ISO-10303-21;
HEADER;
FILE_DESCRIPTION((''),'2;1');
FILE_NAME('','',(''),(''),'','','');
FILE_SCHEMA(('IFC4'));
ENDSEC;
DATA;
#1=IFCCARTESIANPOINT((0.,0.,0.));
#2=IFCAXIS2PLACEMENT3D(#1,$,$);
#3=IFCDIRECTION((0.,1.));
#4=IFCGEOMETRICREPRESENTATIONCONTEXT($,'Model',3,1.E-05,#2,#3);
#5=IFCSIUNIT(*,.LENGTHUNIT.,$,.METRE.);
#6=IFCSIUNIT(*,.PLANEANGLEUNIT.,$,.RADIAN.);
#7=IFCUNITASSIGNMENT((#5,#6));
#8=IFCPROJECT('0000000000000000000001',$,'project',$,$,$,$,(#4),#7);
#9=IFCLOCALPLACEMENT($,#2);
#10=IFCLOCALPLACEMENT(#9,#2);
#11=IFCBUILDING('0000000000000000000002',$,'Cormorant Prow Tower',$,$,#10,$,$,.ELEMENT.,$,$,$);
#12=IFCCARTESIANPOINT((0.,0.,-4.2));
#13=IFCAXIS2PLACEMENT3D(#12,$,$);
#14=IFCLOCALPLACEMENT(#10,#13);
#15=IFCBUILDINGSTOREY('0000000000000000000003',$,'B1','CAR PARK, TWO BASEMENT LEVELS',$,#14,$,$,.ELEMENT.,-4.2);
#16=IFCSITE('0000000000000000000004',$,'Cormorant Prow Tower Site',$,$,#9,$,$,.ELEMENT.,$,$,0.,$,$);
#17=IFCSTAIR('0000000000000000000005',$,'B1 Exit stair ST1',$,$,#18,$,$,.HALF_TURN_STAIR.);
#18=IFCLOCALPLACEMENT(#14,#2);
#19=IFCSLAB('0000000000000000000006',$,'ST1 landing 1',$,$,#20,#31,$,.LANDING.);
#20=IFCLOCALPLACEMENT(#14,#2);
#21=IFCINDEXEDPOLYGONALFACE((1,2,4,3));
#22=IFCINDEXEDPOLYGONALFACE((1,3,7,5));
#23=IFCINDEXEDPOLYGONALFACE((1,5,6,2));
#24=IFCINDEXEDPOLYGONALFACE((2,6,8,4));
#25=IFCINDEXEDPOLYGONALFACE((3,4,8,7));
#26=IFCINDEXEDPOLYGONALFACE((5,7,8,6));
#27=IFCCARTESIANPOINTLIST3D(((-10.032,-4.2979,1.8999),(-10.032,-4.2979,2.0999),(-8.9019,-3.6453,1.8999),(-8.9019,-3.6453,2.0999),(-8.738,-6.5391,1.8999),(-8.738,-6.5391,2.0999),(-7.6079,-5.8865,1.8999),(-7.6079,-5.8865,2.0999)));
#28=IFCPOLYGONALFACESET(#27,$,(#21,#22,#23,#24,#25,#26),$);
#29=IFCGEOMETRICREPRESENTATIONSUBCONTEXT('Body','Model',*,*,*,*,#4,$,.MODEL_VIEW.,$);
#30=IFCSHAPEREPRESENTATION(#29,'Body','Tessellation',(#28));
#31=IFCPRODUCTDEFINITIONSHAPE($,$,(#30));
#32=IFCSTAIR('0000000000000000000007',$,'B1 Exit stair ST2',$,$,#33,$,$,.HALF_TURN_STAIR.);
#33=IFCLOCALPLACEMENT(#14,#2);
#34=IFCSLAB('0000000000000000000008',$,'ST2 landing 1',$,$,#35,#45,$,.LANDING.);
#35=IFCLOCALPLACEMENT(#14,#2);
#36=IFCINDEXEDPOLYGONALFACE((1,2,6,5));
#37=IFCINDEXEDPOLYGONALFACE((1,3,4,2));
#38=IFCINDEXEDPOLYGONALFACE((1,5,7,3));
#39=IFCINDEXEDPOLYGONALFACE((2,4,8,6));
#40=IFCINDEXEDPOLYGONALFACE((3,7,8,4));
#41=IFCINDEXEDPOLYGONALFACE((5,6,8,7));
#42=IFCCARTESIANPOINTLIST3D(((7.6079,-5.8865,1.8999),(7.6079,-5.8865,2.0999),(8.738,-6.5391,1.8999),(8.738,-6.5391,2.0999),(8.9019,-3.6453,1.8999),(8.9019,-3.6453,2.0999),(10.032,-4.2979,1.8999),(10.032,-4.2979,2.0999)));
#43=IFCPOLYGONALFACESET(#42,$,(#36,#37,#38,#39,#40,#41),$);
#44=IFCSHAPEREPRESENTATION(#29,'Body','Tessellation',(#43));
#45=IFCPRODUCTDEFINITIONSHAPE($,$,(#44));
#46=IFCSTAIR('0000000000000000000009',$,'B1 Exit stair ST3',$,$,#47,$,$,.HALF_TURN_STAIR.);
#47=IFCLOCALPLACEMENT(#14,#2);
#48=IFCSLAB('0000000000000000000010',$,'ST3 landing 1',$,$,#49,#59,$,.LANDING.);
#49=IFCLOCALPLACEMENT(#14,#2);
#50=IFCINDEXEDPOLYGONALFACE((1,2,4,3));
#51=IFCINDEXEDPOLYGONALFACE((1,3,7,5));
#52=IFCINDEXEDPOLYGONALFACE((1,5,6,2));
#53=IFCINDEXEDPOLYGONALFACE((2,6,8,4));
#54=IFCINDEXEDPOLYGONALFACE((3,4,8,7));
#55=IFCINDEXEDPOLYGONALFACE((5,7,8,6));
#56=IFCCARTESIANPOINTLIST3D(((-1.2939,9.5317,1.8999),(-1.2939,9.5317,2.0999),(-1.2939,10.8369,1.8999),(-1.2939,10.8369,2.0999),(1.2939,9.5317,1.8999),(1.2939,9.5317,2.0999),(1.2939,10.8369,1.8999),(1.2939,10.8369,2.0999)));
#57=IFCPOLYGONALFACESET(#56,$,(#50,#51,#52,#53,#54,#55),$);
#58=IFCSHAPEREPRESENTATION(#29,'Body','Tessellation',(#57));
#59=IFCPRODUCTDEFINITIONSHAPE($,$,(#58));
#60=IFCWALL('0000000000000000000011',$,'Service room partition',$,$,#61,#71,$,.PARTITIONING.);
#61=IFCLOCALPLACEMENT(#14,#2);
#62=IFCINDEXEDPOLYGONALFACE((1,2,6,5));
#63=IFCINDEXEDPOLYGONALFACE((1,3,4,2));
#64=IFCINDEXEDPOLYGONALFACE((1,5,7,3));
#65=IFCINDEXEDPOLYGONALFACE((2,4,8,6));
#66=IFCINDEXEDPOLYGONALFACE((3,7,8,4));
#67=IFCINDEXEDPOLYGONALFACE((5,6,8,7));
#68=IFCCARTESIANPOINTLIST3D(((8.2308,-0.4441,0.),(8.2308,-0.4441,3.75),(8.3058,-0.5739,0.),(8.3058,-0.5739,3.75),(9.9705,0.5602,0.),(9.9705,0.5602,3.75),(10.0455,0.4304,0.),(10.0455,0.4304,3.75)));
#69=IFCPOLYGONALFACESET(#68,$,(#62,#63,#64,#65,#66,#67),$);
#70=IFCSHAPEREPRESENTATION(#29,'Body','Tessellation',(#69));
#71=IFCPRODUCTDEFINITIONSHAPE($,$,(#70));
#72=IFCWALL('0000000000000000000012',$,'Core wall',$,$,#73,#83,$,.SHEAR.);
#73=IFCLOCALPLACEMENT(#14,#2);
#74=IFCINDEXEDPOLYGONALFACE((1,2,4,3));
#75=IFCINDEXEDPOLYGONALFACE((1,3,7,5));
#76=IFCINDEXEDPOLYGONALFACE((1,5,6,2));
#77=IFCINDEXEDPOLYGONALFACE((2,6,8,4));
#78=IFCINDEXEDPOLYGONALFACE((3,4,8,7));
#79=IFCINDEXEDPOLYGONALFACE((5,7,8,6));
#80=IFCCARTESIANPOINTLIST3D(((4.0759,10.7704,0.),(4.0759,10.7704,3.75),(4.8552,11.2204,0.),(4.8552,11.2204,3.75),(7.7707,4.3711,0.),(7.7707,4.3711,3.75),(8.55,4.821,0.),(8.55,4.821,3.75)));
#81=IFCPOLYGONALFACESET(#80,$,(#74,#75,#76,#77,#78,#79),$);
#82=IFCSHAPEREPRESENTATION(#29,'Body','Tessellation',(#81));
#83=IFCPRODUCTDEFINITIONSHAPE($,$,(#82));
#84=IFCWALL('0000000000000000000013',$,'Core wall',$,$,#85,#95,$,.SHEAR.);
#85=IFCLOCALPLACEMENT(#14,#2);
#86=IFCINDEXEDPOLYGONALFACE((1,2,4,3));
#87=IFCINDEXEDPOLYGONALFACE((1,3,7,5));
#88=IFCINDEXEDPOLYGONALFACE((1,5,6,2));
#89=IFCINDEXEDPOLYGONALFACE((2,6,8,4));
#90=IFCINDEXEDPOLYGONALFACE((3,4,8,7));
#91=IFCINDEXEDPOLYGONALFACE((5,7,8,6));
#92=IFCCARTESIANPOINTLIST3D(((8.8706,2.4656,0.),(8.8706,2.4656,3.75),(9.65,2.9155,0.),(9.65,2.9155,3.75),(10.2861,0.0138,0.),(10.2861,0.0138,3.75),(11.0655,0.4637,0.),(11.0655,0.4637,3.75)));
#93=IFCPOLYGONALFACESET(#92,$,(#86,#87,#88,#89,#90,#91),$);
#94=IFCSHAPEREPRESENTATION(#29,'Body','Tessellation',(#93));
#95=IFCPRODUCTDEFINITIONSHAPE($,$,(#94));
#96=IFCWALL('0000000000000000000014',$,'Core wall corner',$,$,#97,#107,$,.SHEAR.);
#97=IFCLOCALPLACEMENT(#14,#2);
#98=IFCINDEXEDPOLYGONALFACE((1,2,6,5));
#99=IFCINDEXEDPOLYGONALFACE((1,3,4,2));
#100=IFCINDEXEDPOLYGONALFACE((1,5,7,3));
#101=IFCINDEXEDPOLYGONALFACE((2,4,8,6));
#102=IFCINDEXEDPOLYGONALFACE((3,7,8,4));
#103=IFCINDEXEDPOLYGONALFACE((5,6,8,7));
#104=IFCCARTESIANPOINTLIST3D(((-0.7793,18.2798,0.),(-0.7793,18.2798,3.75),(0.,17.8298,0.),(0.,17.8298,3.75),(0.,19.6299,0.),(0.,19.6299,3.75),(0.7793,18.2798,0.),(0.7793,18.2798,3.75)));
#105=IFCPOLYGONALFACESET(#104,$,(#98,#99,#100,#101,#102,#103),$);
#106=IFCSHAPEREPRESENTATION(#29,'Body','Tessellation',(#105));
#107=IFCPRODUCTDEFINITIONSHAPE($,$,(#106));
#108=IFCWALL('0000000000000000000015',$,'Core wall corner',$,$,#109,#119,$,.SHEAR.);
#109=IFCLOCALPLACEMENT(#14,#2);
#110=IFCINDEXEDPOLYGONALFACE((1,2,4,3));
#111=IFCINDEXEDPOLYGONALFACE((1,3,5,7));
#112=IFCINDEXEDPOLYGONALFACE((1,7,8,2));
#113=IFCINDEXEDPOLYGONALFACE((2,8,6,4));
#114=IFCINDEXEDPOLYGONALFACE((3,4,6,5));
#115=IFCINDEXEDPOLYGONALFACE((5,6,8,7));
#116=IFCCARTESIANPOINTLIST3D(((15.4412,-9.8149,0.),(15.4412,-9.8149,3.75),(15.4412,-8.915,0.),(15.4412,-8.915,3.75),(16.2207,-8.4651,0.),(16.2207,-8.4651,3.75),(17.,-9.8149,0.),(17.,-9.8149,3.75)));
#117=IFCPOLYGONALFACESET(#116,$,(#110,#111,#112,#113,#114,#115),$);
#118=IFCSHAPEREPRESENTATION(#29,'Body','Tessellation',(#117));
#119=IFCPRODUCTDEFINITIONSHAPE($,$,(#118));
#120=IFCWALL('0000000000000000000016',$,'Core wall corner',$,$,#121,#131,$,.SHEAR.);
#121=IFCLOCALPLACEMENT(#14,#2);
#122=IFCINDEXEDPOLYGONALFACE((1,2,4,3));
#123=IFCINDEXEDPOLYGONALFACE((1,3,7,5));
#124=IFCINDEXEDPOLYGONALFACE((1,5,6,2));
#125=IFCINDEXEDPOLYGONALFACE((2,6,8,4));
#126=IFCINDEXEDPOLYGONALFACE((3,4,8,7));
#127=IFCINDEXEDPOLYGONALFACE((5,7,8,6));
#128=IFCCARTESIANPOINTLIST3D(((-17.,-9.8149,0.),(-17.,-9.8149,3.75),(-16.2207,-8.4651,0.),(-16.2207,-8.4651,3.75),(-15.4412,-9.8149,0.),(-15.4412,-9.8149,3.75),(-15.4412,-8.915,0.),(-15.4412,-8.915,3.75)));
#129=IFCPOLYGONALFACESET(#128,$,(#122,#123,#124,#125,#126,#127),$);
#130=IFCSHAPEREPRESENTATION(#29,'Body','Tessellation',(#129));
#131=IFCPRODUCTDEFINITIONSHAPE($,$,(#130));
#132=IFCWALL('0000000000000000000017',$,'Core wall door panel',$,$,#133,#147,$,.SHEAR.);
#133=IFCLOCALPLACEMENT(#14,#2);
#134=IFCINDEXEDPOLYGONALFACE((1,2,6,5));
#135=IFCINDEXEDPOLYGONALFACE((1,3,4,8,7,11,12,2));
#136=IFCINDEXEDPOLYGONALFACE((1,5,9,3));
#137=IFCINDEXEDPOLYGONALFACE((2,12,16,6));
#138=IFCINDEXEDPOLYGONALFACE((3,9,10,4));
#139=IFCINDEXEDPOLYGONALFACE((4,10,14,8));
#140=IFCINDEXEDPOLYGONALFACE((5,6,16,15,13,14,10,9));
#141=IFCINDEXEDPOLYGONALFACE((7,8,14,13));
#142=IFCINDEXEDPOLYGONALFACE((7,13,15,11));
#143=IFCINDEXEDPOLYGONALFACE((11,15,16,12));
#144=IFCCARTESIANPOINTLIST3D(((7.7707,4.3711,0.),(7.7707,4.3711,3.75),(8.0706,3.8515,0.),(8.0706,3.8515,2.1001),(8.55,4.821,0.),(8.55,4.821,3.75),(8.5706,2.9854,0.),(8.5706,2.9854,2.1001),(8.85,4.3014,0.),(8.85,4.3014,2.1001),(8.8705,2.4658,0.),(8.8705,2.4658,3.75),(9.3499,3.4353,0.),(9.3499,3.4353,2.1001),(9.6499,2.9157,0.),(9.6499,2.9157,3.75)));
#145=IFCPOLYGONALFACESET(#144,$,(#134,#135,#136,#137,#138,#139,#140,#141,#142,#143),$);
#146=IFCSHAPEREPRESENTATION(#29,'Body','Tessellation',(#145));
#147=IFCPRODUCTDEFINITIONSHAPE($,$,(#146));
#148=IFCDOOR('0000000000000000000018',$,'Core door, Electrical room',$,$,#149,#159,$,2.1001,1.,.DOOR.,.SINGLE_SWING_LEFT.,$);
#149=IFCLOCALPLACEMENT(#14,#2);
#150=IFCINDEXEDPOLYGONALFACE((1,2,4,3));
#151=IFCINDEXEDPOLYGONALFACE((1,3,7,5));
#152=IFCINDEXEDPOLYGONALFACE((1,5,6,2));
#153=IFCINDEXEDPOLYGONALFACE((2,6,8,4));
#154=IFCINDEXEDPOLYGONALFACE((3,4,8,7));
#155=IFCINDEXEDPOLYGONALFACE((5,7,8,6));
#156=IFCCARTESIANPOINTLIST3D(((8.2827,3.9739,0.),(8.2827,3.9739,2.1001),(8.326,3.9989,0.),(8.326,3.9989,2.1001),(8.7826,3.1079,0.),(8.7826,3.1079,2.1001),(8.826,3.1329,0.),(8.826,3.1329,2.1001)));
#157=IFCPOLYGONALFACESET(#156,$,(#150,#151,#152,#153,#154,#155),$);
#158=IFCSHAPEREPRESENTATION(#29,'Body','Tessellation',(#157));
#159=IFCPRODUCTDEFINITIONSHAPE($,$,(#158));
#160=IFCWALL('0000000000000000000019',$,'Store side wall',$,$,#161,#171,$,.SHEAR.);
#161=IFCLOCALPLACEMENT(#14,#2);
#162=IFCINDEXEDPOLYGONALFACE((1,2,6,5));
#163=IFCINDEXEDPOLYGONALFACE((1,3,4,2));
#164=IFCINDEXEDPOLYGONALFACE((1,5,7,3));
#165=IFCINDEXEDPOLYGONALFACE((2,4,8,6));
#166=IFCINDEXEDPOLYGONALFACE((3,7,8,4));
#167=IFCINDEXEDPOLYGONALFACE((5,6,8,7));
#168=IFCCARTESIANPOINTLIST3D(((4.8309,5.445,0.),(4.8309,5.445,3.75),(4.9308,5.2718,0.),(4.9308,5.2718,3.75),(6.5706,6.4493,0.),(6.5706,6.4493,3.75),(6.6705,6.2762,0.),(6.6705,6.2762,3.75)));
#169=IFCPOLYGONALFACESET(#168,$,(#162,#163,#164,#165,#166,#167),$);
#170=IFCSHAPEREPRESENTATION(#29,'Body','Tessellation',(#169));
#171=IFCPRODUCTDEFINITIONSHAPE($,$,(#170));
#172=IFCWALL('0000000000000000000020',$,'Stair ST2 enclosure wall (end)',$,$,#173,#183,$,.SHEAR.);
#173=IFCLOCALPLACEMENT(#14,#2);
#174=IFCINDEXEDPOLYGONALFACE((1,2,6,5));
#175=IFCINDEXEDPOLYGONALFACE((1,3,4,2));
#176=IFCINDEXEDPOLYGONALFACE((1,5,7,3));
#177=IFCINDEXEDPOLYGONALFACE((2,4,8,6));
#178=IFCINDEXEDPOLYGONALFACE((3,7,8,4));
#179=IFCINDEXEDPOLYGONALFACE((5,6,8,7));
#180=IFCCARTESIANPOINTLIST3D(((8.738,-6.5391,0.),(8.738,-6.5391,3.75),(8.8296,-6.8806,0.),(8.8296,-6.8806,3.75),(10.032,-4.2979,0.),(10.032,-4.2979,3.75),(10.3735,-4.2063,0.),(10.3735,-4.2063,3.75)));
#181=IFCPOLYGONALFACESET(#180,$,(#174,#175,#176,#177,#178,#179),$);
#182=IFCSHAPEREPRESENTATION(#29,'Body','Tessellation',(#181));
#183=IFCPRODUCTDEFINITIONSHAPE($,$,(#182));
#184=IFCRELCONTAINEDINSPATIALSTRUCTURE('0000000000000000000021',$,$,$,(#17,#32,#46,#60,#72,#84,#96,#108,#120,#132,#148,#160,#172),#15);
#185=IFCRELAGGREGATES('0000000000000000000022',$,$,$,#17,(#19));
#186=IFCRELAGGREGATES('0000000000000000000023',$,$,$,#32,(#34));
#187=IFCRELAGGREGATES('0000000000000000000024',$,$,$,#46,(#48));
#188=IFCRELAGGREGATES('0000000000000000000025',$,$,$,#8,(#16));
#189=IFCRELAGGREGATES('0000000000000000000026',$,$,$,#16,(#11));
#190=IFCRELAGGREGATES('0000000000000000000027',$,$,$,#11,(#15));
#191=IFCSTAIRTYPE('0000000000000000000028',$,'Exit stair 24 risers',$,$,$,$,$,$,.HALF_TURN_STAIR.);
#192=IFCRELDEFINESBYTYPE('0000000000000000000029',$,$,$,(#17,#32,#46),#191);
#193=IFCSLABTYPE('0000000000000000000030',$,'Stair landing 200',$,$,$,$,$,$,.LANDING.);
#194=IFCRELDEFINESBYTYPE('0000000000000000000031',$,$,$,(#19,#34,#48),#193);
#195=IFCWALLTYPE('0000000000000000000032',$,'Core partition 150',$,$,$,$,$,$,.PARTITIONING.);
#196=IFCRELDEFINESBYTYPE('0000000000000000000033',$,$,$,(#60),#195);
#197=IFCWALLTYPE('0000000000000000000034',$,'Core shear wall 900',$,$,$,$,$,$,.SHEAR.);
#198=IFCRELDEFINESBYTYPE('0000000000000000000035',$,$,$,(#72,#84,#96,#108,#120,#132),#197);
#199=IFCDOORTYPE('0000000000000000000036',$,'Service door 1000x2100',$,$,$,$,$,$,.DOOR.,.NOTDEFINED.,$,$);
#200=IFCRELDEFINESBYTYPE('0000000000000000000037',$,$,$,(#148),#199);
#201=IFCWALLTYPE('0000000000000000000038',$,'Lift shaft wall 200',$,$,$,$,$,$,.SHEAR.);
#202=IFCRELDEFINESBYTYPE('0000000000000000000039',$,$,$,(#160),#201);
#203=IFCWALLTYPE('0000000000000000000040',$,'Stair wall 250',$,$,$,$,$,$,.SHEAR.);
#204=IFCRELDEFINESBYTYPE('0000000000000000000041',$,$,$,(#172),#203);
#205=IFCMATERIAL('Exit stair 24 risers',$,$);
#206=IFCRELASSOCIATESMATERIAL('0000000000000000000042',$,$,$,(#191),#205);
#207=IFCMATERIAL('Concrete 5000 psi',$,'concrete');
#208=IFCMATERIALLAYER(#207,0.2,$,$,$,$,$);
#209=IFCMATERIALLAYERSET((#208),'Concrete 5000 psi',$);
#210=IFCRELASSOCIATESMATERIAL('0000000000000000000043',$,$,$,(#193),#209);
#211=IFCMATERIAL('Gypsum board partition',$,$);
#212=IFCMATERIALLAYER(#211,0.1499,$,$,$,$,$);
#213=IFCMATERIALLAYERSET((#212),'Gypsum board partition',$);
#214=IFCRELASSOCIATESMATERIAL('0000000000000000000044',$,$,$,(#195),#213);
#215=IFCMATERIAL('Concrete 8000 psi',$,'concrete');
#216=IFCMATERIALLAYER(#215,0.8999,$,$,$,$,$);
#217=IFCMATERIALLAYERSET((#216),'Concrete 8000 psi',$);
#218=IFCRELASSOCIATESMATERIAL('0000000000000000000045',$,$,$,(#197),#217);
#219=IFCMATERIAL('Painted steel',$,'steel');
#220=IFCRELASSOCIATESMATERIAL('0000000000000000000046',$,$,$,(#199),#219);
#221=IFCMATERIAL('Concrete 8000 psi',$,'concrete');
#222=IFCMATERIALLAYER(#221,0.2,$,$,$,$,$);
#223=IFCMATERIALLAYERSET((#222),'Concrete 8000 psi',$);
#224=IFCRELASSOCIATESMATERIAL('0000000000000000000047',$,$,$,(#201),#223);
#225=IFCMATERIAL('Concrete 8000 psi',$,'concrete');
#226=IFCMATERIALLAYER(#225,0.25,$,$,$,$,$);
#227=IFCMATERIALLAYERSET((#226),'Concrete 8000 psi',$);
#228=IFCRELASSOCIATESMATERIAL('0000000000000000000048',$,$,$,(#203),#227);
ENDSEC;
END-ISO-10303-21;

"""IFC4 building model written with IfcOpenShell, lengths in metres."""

from ifc_helpers import new_model, si_unit, direction, frame, frame_2d, origin, place, context, subcontext, project, spatial, polyline, rectangle, outline, extrude, material, layer, layer_set, type_object, element, fill, aggregate, save


model = new_model("IFC4")

# Units and contexts
model_context = context("Model", 3, precision=1e-05, world=origin(), true_north=direction((0.0, 1.0)))
body_context = subcontext(model_context, "Body", "Model", "MODEL_VIEW")
ifc_project = project(units=[si_unit("LENGTHUNIT", "METRE"), si_unit("PLANEANGLEUNIT", "RADIAN")], contexts=[model_context])

# Site, building, storey
site_placement = place(None, origin())
site = spatial("IfcSite", under=ifc_project, at=site_placement, Name="Cormorant Prow Tower Site", CompositionType="ELEMENT", RefElevation=0.0)
building_placement = place(site_placement, origin())
building = spatial("IfcBuilding", under=site, at=building_placement, Name="Cormorant Prow Tower", CompositionType="ELEMENT")
storey_placement = place(building_placement, frame((0.0, 0.0, -4.2)))
storey = spatial("IfcBuildingStorey", under=building, at=storey_placement, Name="B1", Description="CAR PARK, TWO BASEMENT LEVELS", CompositionType="ELEMENT", Elevation=-4.2)

# Stairs, slabs
ifc_material_1 = material(Name="Exit stair 24 risers")
stair_type = type_object("IfcStairType", Name="Exit stair 24 risers", PredefinedType="HALF_TURN_STAIR", material=ifc_material_1)
stair_1_placement = place(storey_placement, origin())
stair_1 = element("IfcStair", 1, at=stair_1_placement, inside=storey, type_object=stair_type, Name="B1 Exit stair ST1", PredefinedType="HALF_TURN_STAIR")
ifc_material_2 = material(Name="Concrete 5000 psi", Category="concrete")
ifc_layer_1 = layer(ifc_material_2, 0.2)
ifc_layer_set_1 = layer_set([ifc_layer_1], Name="Concrete 5000 psi")
slab_type = type_object("IfcSlabType", Name="Stair landing 200", PredefinedType="LANDING", material=ifc_layer_set_1)
slab_1_placement = place(storey_placement, frame((0.0, 0.0, 1.8999)))
slab_1 = element("IfcSlab", 2, at=slab_1_placement, type_object=slab_type, Name="ST1 landing 1", PredefinedType="LANDING", context=body_context, shape_type="SweptSolid", body=[
    extrude(outline(polyline([(-8.9019, -3.6453), (-10.032, -4.2979), (-8.738, -6.5391), (-7.6079, -5.8865), (-8.9019, -3.6453)])), origin(), (0.0, 0.0, 1.0), 0.2),
])
aggregate(stair_1, [slab_1])
stair_2_placement = place(storey_placement, origin())
stair_2 = element("IfcStair", 3, at=stair_2_placement, inside=storey, type_object=stair_type, Name="B1 Exit stair ST2", PredefinedType="HALF_TURN_STAIR")
slab_2_placement = place(storey_placement, frame((0.0, 0.0, 1.8999)))
slab_2 = element("IfcSlab", 4, at=slab_2_placement, type_object=slab_type, Name="ST2 landing 1", PredefinedType="LANDING", context=body_context, shape_type="SweptSolid", body=[
    extrude(outline(polyline([(7.6079, -5.8865), (8.738, -6.5391), (10.032, -4.2979), (8.9019, -3.6453), (7.6079, -5.8865)])), origin(), (0.0, 0.0, 1.0), 0.2),
])
aggregate(stair_2, [slab_2])
stair_3_placement = place(storey_placement, origin())
stair_3 = element("IfcStair", 5, at=stair_3_placement, inside=storey, type_object=stair_type, Name="B1 Exit stair ST3", PredefinedType="HALF_TURN_STAIR")
slab_3_placement = place(storey_placement, frame((0.0, 0.0, 1.8999)))
slab_3 = element("IfcSlab", 6, at=slab_3_placement, type_object=slab_type, Name="ST3 landing 1", PredefinedType="LANDING", context=body_context, shape_type="SweptSolid", body=[
    extrude(outline(polyline([(1.2939, 9.5317), (1.2939, 10.8369), (-1.2939, 10.8369), (-1.2939, 9.5317), (1.2939, 9.5317)])), origin(), (0.0, 0.0, 1.0), 0.2),
])
aggregate(stair_3, [slab_3])

# Walls
ifc_material_3 = material(Name="Gypsum board partition")
ifc_layer_2 = layer(ifc_material_3, 0.1499)
ifc_layer_set_2 = layer_set([ifc_layer_2], Name="Gypsum board partition")
wall_type_1 = type_object("IfcWallType", Name="Core partition 150", PredefinedType="PARTITIONING", material=ifc_layer_set_2)
wall_1_placement = place(storey_placement, frame((8.2683, -0.509, 0.0), z_axis=(0.0, 0.0, 1.0), x_axis=(0.866036, 0.499982, 0.0)))
element("IfcWall", 7, at=wall_1_placement, inside=storey, type_object=wall_type_1, Name="Service room partition", PredefinedType="PARTITIONING", context=body_context, shape_type="SweptSolid", body=[
    extrude(rectangle(XDim=2.0088, YDim=0.1499, at=frame_2d((1.0044, 0.0))), origin(), (0.0, 0.0, 1.0), 3.75),
])
ifc_material_4 = material(Name="Concrete 8000 psi", Category="concrete")
ifc_layer_3 = layer(ifc_material_4, 0.8999)
ifc_layer_set_3 = layer_set([ifc_layer_3], Name="Concrete 8000 psi")
wall_type_2 = type_object("IfcWallType", Name="Core shear wall 900", PredefinedType="SHEAR", material=ifc_layer_set_3)
wall_2_placement = place(storey_placement, frame((8.1604, 4.5959, 0.0), z_axis=(0.0, 0.0, 1.0), x_axis=(-0.500012, 0.866018, 0.0)))
element("IfcWall", 8, at=wall_2_placement, inside=storey, type_object=wall_type_2, Name="Core wall", PredefinedType="SHEAR", context=body_context, shape_type="SweptSolid", body=[
    extrude(rectangle(XDim=7.3894, YDim=0.8999, at=frame_2d((3.6948, 0.0))), origin(), (0.0, 0.0, 1.0), 3.75),
])
wall_3_placement = place(storey_placement, frame((10.6758, 0.2388, 0.0), z_axis=(0.0, 0.0, 1.0), x_axis=(-0.499979, 0.866038, 0.0)))
element("IfcWall", 9, at=wall_3_placement, inside=storey, type_object=wall_type_2, Name="Core wall", PredefinedType="SHEAR", context=body_context, shape_type="SweptSolid", body=[
    extrude(rectangle(XDim=2.8311, YDim=0.8999, at=frame_2d((1.4155, 0.0))), origin(), (0.0, 0.0, 1.0), 3.75),
])
wall_4_placement = place(storey_placement, origin())
element("IfcWall", 10, at=wall_4_placement, inside=storey, type_object=wall_type_2, Name="Core wall corner", PredefinedType="SHEAR", context=body_context, shape_type="SweptSolid", body=[
    extrude(outline(polyline([(-0.7793, 18.2798), (0.0, 19.6299), (0.7793, 18.2798), (0.0, 17.8298), (-0.7793, 18.2798)])), origin(), (0.0, 0.0, 1.0), 3.75),
])
wall_5_placement = place(storey_placement, origin())
element("IfcWall", 11, at=wall_5_placement, inside=storey, type_object=wall_type_2, Name="Core wall corner", PredefinedType="SHEAR", context=body_context, shape_type="SweptSolid", body=[
    extrude(outline(polyline([(15.4412, -9.8149), (15.4412, -8.915), (16.2207, -8.4651), (17.0, -9.8149), (15.4412, -9.8149)])), origin(), (0.0, 0.0, 1.0), 3.75),
])
wall_6_placement = place(storey_placement, origin())
element("IfcWall", 12, at=wall_6_placement, inside=storey, type_object=wall_type_2, Name="Core wall corner", PredefinedType="SHEAR", context=body_context, shape_type="SweptSolid", body=[
    extrude(outline(polyline([(-16.2207, -8.4651), (-15.4412, -8.915), (-15.4412, -9.8149), (-17.0, -9.8149), (-16.2207, -8.4651)])), origin(), (0.0, 0.0, 1.0), 3.75),
])

# Wall, opening, door
wall_7_placement = place(storey_placement, frame((9.2603, 2.6907, 0.0), z_axis=(0.0, 0.0, 1.0), x_axis=(-0.499947, 0.866056, 0.0)))
wall_7 = element("IfcWall", 13, at=wall_7_placement, inside=storey, type_object=wall_type_2, Name="Core wall door panel", PredefinedType="SHEAR", context=body_context, shape_type="SweptSolid", body=[
    extrude(rectangle(XDim=2.2, YDim=0.8999, at=frame_2d((1.1001, 0.0))), origin(), (0.0, 0.0, 1.0), 3.75),
])
opening_1_placement = place(wall_7_placement, frame((0.6001, 0.0, 0.0)))
opening_1 = element("IfcOpeningElement", 14, at=opening_1_placement, cuts=wall_7, PredefinedType="OPENING", context=body_context, shape_type="SweptSolid", body=[
    extrude(rectangle(XDim=1.0, YDim=2.1001, at=frame_2d((0.5, 1.05))), frame((0.0, 0.46, 0.0), z_axis=(0.0, -1.0, 0.0), x_axis=(1.0, 0.0, 0.0)), (0.0, 0.0, 1.0), 0.9199),
])
ifc_material_5 = material(Name="Painted steel", Category="steel")
door_type_1 = type_object("IfcDoorType", Name="Service door 1000x2100", OperationType="NOTDEFINED", PredefinedType="DOOR", material=ifc_material_5)
door_1_placement = place(opening_1_placement, origin())
door_1 = element("IfcDoor", 15, at=door_1_placement, inside=storey, type_object=door_type_1, Name="Core door, Electrical room", OperationType="SINGLE_SWING_LEFT", OverallHeight=2.1001, OverallWidth=1.0, PredefinedType="DOOR", context=body_context, shape_type="SweptSolid", body=[
    extrude(rectangle(XDim=1.0, YDim=2.1001, at=frame_2d((0.5, 1.05))), frame((0.0, 0.2051, 0.0), z_axis=(0.0, -1.0, 0.0), x_axis=(1.0, 0.0, 0.0)), (0.0, 0.0, 1.0), 0.05),
])
fill(opening_1, door_1)

# Walls
ifc_material_6 = material(Name="Concrete 8000 psi", Category="concrete")
ifc_layer_4 = layer(ifc_material_6, 0.2)
ifc_layer_set_4 = layer_set([ifc_layer_4], Name="Concrete 8000 psi")
wall_type_3 = type_object("IfcWallType", Name="Lift shaft wall 200", PredefinedType="SHEAR", material=ifc_layer_set_4)
wall_8_placement = place(storey_placement, frame((4.8809, 5.3584, 0.0), z_axis=(0.0, 0.0, 1.0), x_axis=(0.866036, 0.499982, 0.0)))
element("IfcWall", 16, at=wall_8_placement, inside=storey, type_object=wall_type_3, Name="Store side wall", PredefinedType="SHEAR", context=body_context, shape_type="SweptSolid", body=[
    extrude(rectangle(XDim=2.0088, YDim=0.2, at=frame_2d((1.0044, 0.0))), origin(), (0.0, 0.0, 1.0), 3.75),
])
ifc_material_7 = material(Name="Concrete 8000 psi", Category="concrete")
ifc_layer_5 = layer(ifc_material_7, 0.25)
ifc_layer_set_5 = layer_set([ifc_layer_5], Name="Concrete 8000 psi")
wall_type_4 = type_object("IfcWallType", Name="Stair wall 250", PredefinedType="SHEAR", material=ifc_layer_set_5)
wall_9_placement = place(storey_placement, origin())
element("IfcWall", 17, at=wall_9_placement, inside=storey, type_object=wall_type_4, Name="Stair ST2 enclosure wall (end)", PredefinedType="SHEAR", context=body_context, shape_type="SweptSolid", body=[
    extrude(outline(polyline([(8.8296, -6.8806), (10.3735, -4.2063), (10.032, -4.2979), (8.738, -6.5391), (8.8296, -6.8806)])), origin(), (0.0, 0.0, 1.0), 3.75),
])

save(model, "model.ifc")
